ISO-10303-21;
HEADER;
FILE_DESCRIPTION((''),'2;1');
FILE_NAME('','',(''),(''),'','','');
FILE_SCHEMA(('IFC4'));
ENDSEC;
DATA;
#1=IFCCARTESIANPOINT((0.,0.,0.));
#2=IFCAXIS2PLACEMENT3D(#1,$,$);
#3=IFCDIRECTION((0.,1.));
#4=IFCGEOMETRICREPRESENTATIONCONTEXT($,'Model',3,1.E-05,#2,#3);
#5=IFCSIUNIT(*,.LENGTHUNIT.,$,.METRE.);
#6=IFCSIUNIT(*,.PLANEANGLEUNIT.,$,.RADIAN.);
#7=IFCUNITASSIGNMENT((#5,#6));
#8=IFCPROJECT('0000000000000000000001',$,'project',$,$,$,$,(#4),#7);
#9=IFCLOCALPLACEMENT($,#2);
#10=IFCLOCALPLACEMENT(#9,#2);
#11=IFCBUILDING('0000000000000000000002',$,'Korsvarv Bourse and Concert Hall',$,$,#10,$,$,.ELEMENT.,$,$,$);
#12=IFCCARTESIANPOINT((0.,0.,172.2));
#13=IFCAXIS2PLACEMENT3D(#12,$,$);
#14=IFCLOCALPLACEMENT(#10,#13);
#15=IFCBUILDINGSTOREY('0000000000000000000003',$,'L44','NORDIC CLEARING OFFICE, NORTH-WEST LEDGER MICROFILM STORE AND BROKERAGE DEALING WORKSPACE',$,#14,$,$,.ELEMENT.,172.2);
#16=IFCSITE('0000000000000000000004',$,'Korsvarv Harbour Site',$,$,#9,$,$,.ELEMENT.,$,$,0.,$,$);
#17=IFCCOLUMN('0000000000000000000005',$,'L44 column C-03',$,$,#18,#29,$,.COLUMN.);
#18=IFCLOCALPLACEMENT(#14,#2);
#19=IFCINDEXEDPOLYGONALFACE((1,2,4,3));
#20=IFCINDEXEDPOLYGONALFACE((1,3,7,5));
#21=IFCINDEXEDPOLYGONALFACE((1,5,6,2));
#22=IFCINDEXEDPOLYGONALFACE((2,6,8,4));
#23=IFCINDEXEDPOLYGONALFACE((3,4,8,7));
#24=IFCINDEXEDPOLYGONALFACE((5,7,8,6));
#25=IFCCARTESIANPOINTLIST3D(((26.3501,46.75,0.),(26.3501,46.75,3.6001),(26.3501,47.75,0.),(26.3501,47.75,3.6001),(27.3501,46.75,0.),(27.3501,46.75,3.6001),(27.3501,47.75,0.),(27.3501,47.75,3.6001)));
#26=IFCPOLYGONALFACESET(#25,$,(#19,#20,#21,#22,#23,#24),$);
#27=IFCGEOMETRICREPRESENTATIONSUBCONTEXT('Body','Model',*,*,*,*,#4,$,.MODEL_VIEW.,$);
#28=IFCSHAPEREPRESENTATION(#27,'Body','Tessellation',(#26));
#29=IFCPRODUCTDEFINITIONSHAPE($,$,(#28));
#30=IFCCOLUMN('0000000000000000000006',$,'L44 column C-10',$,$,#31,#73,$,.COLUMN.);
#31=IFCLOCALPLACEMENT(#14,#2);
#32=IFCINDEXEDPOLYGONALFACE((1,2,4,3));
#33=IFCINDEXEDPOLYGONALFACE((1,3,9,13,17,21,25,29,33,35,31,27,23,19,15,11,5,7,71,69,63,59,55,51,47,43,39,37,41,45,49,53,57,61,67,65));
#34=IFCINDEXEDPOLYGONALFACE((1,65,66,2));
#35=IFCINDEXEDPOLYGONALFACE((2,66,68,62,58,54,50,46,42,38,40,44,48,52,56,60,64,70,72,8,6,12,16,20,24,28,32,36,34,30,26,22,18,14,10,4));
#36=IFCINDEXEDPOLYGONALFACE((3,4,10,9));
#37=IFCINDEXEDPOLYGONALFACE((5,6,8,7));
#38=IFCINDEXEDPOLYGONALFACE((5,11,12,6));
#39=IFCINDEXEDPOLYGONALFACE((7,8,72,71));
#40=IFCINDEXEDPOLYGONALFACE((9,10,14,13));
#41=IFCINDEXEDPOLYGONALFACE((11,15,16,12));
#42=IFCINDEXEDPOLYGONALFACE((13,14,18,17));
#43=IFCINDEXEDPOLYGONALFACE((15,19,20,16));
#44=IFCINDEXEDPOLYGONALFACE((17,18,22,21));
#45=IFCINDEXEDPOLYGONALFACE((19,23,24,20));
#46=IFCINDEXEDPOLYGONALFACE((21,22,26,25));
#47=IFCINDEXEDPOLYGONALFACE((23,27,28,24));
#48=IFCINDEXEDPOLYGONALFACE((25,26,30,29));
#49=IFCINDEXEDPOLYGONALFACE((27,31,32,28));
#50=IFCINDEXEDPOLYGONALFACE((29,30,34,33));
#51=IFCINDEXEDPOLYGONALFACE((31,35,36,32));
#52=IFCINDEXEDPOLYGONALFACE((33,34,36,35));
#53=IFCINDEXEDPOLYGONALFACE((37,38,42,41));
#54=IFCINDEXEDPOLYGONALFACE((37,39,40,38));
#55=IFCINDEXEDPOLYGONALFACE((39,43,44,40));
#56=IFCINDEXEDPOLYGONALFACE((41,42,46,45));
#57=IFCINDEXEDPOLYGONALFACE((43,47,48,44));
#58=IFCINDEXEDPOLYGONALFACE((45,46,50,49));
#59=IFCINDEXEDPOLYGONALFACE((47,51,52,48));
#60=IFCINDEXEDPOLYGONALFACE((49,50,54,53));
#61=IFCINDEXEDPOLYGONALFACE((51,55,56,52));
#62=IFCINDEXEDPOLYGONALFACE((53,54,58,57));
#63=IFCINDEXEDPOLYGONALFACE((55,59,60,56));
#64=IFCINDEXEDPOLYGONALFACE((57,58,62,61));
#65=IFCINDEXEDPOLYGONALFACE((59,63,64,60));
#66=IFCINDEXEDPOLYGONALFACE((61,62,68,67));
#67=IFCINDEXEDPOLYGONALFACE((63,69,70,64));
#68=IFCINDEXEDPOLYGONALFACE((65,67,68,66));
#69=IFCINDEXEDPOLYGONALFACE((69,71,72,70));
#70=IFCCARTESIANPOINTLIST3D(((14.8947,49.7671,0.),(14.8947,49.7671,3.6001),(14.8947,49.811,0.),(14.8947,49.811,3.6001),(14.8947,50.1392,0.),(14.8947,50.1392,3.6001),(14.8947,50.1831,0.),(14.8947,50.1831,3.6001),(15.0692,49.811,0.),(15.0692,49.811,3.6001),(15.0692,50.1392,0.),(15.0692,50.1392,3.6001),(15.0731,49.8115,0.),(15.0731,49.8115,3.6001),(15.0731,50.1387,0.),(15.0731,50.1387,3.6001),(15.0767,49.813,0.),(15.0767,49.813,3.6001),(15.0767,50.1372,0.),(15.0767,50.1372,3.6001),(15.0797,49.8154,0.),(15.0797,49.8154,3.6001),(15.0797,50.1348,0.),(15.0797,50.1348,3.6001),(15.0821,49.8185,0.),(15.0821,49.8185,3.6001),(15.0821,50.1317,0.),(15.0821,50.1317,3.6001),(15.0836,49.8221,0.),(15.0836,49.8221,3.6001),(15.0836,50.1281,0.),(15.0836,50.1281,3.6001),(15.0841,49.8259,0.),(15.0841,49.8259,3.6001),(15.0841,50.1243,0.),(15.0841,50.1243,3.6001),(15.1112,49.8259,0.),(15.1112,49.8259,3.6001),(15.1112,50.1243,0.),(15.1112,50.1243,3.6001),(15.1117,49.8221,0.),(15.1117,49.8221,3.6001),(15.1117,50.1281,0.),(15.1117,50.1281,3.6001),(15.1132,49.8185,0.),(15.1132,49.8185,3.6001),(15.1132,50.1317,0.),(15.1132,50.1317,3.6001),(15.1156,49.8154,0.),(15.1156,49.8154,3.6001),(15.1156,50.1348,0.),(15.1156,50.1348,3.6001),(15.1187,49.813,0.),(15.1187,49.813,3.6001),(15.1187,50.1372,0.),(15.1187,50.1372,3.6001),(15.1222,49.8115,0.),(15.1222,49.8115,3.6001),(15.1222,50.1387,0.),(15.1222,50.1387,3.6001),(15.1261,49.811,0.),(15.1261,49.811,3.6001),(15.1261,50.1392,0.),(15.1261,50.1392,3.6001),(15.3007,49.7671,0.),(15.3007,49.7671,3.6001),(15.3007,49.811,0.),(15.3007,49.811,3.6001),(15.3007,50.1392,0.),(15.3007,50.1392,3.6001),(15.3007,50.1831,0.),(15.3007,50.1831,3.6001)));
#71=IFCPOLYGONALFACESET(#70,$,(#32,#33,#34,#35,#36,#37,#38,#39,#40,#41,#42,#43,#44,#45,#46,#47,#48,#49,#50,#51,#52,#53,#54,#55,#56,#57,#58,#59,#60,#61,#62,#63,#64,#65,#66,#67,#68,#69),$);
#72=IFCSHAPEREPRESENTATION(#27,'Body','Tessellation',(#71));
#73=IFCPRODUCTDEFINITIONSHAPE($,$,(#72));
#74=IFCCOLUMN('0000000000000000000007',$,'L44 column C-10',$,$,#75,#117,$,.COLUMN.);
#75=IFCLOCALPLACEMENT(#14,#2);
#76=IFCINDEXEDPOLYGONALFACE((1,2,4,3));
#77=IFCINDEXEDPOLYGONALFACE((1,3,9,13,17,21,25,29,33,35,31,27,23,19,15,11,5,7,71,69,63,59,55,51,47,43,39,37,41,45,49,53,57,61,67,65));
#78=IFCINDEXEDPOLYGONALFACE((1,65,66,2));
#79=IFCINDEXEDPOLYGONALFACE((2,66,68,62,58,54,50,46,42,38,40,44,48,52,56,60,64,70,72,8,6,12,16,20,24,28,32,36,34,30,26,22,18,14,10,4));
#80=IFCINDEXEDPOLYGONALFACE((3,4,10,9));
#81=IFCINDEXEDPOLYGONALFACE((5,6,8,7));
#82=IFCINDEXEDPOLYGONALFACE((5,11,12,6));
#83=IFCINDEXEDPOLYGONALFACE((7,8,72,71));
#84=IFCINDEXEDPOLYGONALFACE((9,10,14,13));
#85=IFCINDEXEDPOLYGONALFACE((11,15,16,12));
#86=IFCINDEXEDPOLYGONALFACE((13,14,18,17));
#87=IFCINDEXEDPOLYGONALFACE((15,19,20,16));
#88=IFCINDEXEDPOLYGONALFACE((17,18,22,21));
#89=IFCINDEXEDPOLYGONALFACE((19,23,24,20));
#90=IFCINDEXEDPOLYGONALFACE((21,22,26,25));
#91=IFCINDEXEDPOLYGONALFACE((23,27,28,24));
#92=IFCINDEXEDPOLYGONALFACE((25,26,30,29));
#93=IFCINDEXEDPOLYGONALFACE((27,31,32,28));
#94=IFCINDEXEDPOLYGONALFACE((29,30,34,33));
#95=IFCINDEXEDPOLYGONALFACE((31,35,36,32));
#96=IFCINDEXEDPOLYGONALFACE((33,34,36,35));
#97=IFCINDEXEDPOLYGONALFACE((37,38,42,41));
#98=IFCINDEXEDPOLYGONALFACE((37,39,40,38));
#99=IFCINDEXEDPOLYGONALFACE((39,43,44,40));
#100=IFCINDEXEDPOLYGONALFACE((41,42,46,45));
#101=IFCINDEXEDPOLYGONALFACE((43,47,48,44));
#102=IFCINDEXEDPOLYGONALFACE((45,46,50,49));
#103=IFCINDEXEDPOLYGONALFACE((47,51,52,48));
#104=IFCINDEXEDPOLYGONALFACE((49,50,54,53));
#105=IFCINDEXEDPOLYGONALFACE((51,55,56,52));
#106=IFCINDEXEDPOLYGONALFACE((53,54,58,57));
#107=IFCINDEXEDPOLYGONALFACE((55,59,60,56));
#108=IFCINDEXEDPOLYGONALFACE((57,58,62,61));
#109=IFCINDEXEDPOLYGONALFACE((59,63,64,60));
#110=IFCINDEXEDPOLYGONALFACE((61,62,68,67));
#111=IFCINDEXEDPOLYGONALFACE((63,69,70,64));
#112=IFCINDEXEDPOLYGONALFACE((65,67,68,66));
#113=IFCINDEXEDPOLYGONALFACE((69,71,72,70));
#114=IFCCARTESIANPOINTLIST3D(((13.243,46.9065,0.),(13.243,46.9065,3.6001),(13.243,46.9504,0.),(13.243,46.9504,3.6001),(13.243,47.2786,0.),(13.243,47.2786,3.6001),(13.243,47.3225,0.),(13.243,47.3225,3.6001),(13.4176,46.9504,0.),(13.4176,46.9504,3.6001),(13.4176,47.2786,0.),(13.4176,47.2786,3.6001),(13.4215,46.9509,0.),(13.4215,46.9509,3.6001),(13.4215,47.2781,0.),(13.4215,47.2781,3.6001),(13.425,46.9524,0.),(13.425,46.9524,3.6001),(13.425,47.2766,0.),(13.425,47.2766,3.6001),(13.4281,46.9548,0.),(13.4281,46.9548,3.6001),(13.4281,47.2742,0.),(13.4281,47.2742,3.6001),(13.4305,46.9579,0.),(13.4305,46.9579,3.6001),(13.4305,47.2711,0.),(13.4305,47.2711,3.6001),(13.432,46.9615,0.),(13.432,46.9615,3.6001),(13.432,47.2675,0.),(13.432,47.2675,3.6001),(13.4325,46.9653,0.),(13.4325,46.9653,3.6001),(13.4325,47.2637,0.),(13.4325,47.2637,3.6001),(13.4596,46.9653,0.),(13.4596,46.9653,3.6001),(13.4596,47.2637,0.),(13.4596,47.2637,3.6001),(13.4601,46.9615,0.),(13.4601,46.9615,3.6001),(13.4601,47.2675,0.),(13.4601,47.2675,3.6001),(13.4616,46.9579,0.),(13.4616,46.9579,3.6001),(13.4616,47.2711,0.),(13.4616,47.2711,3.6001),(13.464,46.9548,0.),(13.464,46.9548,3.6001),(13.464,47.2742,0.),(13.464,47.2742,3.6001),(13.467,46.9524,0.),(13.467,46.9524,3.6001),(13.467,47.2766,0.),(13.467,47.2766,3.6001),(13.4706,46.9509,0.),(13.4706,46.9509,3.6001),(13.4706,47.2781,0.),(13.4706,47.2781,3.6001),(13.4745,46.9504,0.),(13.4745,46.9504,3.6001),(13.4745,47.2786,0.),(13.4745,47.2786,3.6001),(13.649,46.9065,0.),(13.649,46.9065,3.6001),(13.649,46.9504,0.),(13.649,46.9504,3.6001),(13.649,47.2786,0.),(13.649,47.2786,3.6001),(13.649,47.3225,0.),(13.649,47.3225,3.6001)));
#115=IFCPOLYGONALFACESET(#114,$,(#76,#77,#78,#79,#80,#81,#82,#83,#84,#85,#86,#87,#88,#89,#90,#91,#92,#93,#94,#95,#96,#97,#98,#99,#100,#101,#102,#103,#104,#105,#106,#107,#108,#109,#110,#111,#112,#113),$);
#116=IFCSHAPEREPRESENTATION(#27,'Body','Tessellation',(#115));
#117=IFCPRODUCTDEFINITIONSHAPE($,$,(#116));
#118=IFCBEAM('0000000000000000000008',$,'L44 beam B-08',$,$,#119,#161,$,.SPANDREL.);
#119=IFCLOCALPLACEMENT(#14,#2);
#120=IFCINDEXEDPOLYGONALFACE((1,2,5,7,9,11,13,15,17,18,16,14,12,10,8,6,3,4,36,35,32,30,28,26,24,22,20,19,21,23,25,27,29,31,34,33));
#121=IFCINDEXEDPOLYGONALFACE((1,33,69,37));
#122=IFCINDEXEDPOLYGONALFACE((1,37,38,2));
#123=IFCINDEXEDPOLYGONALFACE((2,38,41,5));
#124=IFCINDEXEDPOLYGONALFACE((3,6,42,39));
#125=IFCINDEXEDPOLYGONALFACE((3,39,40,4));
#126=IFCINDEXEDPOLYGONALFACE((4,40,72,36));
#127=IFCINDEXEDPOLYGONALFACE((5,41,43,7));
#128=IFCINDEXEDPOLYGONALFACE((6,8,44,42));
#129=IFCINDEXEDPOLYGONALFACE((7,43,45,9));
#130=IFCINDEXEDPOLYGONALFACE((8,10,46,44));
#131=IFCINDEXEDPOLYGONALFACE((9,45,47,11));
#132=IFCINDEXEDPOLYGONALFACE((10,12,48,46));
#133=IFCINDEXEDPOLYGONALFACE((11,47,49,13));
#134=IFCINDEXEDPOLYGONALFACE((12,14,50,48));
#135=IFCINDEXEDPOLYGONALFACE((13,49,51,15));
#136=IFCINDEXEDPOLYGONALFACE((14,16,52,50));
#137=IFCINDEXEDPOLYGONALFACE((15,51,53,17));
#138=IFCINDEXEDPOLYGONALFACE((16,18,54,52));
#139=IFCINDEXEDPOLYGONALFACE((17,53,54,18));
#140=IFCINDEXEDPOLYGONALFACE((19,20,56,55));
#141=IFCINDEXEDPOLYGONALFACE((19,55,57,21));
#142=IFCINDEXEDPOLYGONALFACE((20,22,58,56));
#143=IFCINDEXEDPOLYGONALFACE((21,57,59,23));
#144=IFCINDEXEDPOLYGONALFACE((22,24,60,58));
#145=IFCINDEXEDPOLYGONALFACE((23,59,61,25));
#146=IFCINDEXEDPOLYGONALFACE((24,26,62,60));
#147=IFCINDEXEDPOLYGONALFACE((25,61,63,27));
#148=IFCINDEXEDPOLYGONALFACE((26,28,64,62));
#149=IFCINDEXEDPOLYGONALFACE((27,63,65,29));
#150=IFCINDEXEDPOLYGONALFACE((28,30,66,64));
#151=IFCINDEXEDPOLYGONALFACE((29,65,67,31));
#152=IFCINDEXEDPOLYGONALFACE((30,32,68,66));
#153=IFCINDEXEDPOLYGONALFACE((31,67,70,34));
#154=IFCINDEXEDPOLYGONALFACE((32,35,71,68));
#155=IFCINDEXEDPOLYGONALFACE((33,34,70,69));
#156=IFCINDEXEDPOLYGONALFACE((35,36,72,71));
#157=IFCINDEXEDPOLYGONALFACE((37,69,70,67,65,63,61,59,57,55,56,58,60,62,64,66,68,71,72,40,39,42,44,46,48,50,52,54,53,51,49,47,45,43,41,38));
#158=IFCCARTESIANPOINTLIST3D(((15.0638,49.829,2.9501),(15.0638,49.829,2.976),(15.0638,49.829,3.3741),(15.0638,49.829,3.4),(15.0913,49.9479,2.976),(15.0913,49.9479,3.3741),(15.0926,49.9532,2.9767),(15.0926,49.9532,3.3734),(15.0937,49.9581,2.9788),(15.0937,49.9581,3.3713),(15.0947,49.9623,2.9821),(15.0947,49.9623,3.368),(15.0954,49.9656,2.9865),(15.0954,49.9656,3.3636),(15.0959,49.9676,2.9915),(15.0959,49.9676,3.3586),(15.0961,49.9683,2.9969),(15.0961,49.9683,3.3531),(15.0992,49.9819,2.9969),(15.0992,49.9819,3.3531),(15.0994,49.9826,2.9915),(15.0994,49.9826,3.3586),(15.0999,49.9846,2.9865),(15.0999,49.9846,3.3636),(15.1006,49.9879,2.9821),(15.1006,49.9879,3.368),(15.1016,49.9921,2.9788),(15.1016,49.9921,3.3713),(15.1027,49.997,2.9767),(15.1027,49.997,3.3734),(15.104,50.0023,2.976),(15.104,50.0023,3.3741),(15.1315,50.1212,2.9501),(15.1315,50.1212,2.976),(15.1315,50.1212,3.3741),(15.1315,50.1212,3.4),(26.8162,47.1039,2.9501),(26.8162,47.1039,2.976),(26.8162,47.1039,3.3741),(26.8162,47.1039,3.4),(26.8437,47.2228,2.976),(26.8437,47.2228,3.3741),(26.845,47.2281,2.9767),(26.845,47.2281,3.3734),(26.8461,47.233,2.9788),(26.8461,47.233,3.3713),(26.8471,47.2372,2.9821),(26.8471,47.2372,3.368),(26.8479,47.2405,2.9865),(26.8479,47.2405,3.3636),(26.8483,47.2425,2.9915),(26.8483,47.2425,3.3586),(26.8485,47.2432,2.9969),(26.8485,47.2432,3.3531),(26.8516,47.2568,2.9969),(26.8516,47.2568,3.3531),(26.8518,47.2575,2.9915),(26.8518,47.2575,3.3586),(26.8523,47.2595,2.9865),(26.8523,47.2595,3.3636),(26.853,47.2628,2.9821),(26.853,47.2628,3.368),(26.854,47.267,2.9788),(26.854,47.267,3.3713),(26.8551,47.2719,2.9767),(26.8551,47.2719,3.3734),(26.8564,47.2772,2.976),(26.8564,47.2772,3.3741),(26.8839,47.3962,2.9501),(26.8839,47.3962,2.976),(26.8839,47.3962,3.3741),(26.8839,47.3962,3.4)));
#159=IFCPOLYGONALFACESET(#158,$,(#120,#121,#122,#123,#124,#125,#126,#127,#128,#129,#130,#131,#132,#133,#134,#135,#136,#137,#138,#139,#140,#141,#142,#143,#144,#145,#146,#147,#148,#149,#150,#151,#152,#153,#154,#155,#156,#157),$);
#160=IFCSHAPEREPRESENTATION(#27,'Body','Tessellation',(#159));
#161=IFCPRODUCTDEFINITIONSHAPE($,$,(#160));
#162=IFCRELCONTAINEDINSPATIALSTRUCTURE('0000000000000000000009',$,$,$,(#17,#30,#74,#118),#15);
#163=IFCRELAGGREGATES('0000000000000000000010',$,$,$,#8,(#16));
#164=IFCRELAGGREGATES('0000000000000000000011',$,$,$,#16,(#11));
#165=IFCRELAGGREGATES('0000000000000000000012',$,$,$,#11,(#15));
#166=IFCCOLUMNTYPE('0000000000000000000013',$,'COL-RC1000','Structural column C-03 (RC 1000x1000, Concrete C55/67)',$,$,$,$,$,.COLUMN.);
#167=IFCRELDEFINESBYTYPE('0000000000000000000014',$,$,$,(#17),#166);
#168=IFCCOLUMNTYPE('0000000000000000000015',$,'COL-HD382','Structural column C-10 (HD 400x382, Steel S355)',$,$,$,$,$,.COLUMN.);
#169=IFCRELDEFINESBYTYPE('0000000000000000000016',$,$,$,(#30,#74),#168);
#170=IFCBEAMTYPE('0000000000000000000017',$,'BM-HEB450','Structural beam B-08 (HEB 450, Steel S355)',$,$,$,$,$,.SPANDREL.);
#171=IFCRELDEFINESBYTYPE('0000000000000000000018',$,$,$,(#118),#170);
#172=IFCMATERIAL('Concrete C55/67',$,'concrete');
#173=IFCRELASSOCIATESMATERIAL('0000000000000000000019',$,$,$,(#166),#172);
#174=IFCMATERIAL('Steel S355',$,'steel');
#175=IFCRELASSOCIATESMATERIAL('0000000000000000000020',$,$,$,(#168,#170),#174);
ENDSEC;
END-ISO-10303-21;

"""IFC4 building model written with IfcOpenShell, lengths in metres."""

from ifc_helpers import new_model, si_unit, direction, frame, origin, origin_2d, place, context, subcontext, project, spatial, rectangle, i_section, extrude, source, transform, mapped, material, material_profile, profile_set, type_object, element, save


model = new_model("IFC4")

# Units and contexts
model_context = context("Model", 3, precision=1e-05, world=origin(), true_north=direction((0.0, 1.0)))
body_context = subcontext(model_context, "Body", "Model", "MODEL_VIEW")
ifc_project = project(units=[si_unit("LENGTHUNIT", "METRE"), si_unit("PLANEANGLEUNIT", "RADIAN")], contexts=[model_context])

# Site, building, storey
site_placement = place(None, origin())
site = spatial("IfcSite", under=ifc_project, at=site_placement, Name="Korsvarv Harbour Site", CompositionType="ELEMENT", RefElevation=0.0)
building_placement = place(site_placement, origin())
building = spatial("IfcBuilding", under=site, at=building_placement, Name="Korsvarv Bourse and Concert Hall", CompositionType="ELEMENT")
storey_placement = place(building_placement, frame((0.0, 0.0, 172.2)))
storey = spatial("IfcBuildingStorey", under=building, at=storey_placement, Name="L44", Description="NORDIC CLEARING OFFICE, NORTH-WEST LEDGER MICROFILM STORE AND BROKERAGE DEALING WORKSPACE", CompositionType="ELEMENT", Elevation=172.2)

# Columns
ifc_material_1 = material(Name="Concrete C55/67", Category="concrete")
ifc_material_profile_1 = material_profile(ifc_material_1, rectangle(XDim=1.0, YDim=1.0, at=origin_2d()), Name="RC 1000x1000")
ifc_profile_set_1 = profile_set([ifc_material_profile_1], Name="Concrete C55/67")
column_type_1 = type_object("IfcColumnType", Name="COL-RC1000", Description="Structural column C-03 (RC 1000x1000, Concrete C55/67)", PredefinedType="COLUMN", material=ifc_profile_set_1)
shared_shape_1 = source(origin(), body_context, "Body", "SweptSolid", [
    extrude(rectangle(XDim=1.0, YDim=1.0, at=origin_2d()), origin(), (0.0, 0.0, 1.0), 3.6001),
])
column_placement = place(storey_placement, frame((26.8501, 47.25, 0.0), z_axis=(0.0, 0.0, 1.0), x_axis=(1.0, 0.0, 0.0)))
element("IfcColumn", 1, at=column_placement, inside=storey, type_object=column_type_1, Name="L44 column C-03", PredefinedType="COLUMN", context=body_context, shape_type="MappedRepresentation", body=[
    mapped(shared_shape_1, transform((0.0, 0.0, 0.0), scale=1.0)),
])
ifc_material_2 = material(Name="Steel S355", Category="steel")
ifc_material_profile_2 = material_profile(ifc_material_2, i_section(OverallWidth=0.406, OverallDepth=0.416, WebThickness=0.0271, FlangeThickness=0.0439, FilletRadius=0.0149, at=origin_2d()), Name="HD 400x382")
ifc_profile_set_2 = profile_set([ifc_material_profile_2], Name="Steel S355")
column_type_2 = type_object("IfcColumnType", Name="COL-HD382", Description="Structural column C-10 (HD 400x382, Steel S355)", PredefinedType="COLUMN", material=ifc_profile_set_2)
shared_shape_2 = source(origin(), body_context, "Body", "SweptSolid", [
    extrude(i_section(OverallWidth=0.406, OverallDepth=0.416, WebThickness=0.0271, FlangeThickness=0.0439, FilletRadius=0.0149, at=origin_2d()), origin(), (0.0, 0.0, 1.0), 3.6001),
])
for number, where, z_axis, x_axis, name in (
    (2, (15.0977, 49.9751, 0.0), (0.0, 0.0, 1.0), (1.0, 0.0, 0.0), "L44 column C-10"),
    (3, (13.446, 47.1145, 0.0), (0.0, 0.0, 1.0), (1.0, 0.0, 0.0), "L44 column C-10"),
):
    element("IfcColumn", number, at=place(storey_placement, frame(where, z_axis=z_axis, x_axis=x_axis)), inside=storey, type_object=column_type_2, Name=name, PredefinedType="COLUMN", context=body_context, shape_type="MappedRepresentation", body=[
        mapped(shared_shape_2, transform((0.0, 0.0, 0.0), scale=1.0)),
    ])

# Beam
ifc_material_profile_3 = material_profile(ifc_material_2, i_section(OverallWidth=0.3, OverallDepth=0.45, WebThickness=0.0139, FlangeThickness=0.0259, FilletRadius=0.021, at=origin_2d()), Name="HEB 450")
ifc_profile_set_3 = profile_set([ifc_material_profile_3], Name="Steel S355")
beam_type_1 = type_object("IfcBeamType", Name="BM-HEB450", Description="Structural beam B-08 (HEB 450, Steel S355)", PredefinedType="SPANDREL", material=ifc_profile_set_3)
shared_shape_3 = source(origin(), body_context, "Body", "SweptSolid", [
    extrude(i_section(OverallWidth=0.3, OverallDepth=0.45, WebThickness=0.0139, FlangeThickness=0.0259, FilletRadius=0.021, at=origin_2d()), origin(), (0.0, 0.0, 1.0), 12.0642),
])
beam_1_placement = place(storey_placement, frame((15.0977, 49.9751, 3.175), z_axis=(0.974155, -0.225882, 0.0), x_axis=(0.225882, 0.974155, 0.0)))
element("IfcBeam", 4, at=beam_1_placement, inside=storey, type_object=beam_type_1, Name="L44 beam B-08", PredefinedType="SPANDREL", context=body_context, shape_type="MappedRepresentation", body=[
    mapped(shared_shape_3, transform((0.0, 0.0, 0.0), scale=1.0)),
])

save(model, "model.ifc")
